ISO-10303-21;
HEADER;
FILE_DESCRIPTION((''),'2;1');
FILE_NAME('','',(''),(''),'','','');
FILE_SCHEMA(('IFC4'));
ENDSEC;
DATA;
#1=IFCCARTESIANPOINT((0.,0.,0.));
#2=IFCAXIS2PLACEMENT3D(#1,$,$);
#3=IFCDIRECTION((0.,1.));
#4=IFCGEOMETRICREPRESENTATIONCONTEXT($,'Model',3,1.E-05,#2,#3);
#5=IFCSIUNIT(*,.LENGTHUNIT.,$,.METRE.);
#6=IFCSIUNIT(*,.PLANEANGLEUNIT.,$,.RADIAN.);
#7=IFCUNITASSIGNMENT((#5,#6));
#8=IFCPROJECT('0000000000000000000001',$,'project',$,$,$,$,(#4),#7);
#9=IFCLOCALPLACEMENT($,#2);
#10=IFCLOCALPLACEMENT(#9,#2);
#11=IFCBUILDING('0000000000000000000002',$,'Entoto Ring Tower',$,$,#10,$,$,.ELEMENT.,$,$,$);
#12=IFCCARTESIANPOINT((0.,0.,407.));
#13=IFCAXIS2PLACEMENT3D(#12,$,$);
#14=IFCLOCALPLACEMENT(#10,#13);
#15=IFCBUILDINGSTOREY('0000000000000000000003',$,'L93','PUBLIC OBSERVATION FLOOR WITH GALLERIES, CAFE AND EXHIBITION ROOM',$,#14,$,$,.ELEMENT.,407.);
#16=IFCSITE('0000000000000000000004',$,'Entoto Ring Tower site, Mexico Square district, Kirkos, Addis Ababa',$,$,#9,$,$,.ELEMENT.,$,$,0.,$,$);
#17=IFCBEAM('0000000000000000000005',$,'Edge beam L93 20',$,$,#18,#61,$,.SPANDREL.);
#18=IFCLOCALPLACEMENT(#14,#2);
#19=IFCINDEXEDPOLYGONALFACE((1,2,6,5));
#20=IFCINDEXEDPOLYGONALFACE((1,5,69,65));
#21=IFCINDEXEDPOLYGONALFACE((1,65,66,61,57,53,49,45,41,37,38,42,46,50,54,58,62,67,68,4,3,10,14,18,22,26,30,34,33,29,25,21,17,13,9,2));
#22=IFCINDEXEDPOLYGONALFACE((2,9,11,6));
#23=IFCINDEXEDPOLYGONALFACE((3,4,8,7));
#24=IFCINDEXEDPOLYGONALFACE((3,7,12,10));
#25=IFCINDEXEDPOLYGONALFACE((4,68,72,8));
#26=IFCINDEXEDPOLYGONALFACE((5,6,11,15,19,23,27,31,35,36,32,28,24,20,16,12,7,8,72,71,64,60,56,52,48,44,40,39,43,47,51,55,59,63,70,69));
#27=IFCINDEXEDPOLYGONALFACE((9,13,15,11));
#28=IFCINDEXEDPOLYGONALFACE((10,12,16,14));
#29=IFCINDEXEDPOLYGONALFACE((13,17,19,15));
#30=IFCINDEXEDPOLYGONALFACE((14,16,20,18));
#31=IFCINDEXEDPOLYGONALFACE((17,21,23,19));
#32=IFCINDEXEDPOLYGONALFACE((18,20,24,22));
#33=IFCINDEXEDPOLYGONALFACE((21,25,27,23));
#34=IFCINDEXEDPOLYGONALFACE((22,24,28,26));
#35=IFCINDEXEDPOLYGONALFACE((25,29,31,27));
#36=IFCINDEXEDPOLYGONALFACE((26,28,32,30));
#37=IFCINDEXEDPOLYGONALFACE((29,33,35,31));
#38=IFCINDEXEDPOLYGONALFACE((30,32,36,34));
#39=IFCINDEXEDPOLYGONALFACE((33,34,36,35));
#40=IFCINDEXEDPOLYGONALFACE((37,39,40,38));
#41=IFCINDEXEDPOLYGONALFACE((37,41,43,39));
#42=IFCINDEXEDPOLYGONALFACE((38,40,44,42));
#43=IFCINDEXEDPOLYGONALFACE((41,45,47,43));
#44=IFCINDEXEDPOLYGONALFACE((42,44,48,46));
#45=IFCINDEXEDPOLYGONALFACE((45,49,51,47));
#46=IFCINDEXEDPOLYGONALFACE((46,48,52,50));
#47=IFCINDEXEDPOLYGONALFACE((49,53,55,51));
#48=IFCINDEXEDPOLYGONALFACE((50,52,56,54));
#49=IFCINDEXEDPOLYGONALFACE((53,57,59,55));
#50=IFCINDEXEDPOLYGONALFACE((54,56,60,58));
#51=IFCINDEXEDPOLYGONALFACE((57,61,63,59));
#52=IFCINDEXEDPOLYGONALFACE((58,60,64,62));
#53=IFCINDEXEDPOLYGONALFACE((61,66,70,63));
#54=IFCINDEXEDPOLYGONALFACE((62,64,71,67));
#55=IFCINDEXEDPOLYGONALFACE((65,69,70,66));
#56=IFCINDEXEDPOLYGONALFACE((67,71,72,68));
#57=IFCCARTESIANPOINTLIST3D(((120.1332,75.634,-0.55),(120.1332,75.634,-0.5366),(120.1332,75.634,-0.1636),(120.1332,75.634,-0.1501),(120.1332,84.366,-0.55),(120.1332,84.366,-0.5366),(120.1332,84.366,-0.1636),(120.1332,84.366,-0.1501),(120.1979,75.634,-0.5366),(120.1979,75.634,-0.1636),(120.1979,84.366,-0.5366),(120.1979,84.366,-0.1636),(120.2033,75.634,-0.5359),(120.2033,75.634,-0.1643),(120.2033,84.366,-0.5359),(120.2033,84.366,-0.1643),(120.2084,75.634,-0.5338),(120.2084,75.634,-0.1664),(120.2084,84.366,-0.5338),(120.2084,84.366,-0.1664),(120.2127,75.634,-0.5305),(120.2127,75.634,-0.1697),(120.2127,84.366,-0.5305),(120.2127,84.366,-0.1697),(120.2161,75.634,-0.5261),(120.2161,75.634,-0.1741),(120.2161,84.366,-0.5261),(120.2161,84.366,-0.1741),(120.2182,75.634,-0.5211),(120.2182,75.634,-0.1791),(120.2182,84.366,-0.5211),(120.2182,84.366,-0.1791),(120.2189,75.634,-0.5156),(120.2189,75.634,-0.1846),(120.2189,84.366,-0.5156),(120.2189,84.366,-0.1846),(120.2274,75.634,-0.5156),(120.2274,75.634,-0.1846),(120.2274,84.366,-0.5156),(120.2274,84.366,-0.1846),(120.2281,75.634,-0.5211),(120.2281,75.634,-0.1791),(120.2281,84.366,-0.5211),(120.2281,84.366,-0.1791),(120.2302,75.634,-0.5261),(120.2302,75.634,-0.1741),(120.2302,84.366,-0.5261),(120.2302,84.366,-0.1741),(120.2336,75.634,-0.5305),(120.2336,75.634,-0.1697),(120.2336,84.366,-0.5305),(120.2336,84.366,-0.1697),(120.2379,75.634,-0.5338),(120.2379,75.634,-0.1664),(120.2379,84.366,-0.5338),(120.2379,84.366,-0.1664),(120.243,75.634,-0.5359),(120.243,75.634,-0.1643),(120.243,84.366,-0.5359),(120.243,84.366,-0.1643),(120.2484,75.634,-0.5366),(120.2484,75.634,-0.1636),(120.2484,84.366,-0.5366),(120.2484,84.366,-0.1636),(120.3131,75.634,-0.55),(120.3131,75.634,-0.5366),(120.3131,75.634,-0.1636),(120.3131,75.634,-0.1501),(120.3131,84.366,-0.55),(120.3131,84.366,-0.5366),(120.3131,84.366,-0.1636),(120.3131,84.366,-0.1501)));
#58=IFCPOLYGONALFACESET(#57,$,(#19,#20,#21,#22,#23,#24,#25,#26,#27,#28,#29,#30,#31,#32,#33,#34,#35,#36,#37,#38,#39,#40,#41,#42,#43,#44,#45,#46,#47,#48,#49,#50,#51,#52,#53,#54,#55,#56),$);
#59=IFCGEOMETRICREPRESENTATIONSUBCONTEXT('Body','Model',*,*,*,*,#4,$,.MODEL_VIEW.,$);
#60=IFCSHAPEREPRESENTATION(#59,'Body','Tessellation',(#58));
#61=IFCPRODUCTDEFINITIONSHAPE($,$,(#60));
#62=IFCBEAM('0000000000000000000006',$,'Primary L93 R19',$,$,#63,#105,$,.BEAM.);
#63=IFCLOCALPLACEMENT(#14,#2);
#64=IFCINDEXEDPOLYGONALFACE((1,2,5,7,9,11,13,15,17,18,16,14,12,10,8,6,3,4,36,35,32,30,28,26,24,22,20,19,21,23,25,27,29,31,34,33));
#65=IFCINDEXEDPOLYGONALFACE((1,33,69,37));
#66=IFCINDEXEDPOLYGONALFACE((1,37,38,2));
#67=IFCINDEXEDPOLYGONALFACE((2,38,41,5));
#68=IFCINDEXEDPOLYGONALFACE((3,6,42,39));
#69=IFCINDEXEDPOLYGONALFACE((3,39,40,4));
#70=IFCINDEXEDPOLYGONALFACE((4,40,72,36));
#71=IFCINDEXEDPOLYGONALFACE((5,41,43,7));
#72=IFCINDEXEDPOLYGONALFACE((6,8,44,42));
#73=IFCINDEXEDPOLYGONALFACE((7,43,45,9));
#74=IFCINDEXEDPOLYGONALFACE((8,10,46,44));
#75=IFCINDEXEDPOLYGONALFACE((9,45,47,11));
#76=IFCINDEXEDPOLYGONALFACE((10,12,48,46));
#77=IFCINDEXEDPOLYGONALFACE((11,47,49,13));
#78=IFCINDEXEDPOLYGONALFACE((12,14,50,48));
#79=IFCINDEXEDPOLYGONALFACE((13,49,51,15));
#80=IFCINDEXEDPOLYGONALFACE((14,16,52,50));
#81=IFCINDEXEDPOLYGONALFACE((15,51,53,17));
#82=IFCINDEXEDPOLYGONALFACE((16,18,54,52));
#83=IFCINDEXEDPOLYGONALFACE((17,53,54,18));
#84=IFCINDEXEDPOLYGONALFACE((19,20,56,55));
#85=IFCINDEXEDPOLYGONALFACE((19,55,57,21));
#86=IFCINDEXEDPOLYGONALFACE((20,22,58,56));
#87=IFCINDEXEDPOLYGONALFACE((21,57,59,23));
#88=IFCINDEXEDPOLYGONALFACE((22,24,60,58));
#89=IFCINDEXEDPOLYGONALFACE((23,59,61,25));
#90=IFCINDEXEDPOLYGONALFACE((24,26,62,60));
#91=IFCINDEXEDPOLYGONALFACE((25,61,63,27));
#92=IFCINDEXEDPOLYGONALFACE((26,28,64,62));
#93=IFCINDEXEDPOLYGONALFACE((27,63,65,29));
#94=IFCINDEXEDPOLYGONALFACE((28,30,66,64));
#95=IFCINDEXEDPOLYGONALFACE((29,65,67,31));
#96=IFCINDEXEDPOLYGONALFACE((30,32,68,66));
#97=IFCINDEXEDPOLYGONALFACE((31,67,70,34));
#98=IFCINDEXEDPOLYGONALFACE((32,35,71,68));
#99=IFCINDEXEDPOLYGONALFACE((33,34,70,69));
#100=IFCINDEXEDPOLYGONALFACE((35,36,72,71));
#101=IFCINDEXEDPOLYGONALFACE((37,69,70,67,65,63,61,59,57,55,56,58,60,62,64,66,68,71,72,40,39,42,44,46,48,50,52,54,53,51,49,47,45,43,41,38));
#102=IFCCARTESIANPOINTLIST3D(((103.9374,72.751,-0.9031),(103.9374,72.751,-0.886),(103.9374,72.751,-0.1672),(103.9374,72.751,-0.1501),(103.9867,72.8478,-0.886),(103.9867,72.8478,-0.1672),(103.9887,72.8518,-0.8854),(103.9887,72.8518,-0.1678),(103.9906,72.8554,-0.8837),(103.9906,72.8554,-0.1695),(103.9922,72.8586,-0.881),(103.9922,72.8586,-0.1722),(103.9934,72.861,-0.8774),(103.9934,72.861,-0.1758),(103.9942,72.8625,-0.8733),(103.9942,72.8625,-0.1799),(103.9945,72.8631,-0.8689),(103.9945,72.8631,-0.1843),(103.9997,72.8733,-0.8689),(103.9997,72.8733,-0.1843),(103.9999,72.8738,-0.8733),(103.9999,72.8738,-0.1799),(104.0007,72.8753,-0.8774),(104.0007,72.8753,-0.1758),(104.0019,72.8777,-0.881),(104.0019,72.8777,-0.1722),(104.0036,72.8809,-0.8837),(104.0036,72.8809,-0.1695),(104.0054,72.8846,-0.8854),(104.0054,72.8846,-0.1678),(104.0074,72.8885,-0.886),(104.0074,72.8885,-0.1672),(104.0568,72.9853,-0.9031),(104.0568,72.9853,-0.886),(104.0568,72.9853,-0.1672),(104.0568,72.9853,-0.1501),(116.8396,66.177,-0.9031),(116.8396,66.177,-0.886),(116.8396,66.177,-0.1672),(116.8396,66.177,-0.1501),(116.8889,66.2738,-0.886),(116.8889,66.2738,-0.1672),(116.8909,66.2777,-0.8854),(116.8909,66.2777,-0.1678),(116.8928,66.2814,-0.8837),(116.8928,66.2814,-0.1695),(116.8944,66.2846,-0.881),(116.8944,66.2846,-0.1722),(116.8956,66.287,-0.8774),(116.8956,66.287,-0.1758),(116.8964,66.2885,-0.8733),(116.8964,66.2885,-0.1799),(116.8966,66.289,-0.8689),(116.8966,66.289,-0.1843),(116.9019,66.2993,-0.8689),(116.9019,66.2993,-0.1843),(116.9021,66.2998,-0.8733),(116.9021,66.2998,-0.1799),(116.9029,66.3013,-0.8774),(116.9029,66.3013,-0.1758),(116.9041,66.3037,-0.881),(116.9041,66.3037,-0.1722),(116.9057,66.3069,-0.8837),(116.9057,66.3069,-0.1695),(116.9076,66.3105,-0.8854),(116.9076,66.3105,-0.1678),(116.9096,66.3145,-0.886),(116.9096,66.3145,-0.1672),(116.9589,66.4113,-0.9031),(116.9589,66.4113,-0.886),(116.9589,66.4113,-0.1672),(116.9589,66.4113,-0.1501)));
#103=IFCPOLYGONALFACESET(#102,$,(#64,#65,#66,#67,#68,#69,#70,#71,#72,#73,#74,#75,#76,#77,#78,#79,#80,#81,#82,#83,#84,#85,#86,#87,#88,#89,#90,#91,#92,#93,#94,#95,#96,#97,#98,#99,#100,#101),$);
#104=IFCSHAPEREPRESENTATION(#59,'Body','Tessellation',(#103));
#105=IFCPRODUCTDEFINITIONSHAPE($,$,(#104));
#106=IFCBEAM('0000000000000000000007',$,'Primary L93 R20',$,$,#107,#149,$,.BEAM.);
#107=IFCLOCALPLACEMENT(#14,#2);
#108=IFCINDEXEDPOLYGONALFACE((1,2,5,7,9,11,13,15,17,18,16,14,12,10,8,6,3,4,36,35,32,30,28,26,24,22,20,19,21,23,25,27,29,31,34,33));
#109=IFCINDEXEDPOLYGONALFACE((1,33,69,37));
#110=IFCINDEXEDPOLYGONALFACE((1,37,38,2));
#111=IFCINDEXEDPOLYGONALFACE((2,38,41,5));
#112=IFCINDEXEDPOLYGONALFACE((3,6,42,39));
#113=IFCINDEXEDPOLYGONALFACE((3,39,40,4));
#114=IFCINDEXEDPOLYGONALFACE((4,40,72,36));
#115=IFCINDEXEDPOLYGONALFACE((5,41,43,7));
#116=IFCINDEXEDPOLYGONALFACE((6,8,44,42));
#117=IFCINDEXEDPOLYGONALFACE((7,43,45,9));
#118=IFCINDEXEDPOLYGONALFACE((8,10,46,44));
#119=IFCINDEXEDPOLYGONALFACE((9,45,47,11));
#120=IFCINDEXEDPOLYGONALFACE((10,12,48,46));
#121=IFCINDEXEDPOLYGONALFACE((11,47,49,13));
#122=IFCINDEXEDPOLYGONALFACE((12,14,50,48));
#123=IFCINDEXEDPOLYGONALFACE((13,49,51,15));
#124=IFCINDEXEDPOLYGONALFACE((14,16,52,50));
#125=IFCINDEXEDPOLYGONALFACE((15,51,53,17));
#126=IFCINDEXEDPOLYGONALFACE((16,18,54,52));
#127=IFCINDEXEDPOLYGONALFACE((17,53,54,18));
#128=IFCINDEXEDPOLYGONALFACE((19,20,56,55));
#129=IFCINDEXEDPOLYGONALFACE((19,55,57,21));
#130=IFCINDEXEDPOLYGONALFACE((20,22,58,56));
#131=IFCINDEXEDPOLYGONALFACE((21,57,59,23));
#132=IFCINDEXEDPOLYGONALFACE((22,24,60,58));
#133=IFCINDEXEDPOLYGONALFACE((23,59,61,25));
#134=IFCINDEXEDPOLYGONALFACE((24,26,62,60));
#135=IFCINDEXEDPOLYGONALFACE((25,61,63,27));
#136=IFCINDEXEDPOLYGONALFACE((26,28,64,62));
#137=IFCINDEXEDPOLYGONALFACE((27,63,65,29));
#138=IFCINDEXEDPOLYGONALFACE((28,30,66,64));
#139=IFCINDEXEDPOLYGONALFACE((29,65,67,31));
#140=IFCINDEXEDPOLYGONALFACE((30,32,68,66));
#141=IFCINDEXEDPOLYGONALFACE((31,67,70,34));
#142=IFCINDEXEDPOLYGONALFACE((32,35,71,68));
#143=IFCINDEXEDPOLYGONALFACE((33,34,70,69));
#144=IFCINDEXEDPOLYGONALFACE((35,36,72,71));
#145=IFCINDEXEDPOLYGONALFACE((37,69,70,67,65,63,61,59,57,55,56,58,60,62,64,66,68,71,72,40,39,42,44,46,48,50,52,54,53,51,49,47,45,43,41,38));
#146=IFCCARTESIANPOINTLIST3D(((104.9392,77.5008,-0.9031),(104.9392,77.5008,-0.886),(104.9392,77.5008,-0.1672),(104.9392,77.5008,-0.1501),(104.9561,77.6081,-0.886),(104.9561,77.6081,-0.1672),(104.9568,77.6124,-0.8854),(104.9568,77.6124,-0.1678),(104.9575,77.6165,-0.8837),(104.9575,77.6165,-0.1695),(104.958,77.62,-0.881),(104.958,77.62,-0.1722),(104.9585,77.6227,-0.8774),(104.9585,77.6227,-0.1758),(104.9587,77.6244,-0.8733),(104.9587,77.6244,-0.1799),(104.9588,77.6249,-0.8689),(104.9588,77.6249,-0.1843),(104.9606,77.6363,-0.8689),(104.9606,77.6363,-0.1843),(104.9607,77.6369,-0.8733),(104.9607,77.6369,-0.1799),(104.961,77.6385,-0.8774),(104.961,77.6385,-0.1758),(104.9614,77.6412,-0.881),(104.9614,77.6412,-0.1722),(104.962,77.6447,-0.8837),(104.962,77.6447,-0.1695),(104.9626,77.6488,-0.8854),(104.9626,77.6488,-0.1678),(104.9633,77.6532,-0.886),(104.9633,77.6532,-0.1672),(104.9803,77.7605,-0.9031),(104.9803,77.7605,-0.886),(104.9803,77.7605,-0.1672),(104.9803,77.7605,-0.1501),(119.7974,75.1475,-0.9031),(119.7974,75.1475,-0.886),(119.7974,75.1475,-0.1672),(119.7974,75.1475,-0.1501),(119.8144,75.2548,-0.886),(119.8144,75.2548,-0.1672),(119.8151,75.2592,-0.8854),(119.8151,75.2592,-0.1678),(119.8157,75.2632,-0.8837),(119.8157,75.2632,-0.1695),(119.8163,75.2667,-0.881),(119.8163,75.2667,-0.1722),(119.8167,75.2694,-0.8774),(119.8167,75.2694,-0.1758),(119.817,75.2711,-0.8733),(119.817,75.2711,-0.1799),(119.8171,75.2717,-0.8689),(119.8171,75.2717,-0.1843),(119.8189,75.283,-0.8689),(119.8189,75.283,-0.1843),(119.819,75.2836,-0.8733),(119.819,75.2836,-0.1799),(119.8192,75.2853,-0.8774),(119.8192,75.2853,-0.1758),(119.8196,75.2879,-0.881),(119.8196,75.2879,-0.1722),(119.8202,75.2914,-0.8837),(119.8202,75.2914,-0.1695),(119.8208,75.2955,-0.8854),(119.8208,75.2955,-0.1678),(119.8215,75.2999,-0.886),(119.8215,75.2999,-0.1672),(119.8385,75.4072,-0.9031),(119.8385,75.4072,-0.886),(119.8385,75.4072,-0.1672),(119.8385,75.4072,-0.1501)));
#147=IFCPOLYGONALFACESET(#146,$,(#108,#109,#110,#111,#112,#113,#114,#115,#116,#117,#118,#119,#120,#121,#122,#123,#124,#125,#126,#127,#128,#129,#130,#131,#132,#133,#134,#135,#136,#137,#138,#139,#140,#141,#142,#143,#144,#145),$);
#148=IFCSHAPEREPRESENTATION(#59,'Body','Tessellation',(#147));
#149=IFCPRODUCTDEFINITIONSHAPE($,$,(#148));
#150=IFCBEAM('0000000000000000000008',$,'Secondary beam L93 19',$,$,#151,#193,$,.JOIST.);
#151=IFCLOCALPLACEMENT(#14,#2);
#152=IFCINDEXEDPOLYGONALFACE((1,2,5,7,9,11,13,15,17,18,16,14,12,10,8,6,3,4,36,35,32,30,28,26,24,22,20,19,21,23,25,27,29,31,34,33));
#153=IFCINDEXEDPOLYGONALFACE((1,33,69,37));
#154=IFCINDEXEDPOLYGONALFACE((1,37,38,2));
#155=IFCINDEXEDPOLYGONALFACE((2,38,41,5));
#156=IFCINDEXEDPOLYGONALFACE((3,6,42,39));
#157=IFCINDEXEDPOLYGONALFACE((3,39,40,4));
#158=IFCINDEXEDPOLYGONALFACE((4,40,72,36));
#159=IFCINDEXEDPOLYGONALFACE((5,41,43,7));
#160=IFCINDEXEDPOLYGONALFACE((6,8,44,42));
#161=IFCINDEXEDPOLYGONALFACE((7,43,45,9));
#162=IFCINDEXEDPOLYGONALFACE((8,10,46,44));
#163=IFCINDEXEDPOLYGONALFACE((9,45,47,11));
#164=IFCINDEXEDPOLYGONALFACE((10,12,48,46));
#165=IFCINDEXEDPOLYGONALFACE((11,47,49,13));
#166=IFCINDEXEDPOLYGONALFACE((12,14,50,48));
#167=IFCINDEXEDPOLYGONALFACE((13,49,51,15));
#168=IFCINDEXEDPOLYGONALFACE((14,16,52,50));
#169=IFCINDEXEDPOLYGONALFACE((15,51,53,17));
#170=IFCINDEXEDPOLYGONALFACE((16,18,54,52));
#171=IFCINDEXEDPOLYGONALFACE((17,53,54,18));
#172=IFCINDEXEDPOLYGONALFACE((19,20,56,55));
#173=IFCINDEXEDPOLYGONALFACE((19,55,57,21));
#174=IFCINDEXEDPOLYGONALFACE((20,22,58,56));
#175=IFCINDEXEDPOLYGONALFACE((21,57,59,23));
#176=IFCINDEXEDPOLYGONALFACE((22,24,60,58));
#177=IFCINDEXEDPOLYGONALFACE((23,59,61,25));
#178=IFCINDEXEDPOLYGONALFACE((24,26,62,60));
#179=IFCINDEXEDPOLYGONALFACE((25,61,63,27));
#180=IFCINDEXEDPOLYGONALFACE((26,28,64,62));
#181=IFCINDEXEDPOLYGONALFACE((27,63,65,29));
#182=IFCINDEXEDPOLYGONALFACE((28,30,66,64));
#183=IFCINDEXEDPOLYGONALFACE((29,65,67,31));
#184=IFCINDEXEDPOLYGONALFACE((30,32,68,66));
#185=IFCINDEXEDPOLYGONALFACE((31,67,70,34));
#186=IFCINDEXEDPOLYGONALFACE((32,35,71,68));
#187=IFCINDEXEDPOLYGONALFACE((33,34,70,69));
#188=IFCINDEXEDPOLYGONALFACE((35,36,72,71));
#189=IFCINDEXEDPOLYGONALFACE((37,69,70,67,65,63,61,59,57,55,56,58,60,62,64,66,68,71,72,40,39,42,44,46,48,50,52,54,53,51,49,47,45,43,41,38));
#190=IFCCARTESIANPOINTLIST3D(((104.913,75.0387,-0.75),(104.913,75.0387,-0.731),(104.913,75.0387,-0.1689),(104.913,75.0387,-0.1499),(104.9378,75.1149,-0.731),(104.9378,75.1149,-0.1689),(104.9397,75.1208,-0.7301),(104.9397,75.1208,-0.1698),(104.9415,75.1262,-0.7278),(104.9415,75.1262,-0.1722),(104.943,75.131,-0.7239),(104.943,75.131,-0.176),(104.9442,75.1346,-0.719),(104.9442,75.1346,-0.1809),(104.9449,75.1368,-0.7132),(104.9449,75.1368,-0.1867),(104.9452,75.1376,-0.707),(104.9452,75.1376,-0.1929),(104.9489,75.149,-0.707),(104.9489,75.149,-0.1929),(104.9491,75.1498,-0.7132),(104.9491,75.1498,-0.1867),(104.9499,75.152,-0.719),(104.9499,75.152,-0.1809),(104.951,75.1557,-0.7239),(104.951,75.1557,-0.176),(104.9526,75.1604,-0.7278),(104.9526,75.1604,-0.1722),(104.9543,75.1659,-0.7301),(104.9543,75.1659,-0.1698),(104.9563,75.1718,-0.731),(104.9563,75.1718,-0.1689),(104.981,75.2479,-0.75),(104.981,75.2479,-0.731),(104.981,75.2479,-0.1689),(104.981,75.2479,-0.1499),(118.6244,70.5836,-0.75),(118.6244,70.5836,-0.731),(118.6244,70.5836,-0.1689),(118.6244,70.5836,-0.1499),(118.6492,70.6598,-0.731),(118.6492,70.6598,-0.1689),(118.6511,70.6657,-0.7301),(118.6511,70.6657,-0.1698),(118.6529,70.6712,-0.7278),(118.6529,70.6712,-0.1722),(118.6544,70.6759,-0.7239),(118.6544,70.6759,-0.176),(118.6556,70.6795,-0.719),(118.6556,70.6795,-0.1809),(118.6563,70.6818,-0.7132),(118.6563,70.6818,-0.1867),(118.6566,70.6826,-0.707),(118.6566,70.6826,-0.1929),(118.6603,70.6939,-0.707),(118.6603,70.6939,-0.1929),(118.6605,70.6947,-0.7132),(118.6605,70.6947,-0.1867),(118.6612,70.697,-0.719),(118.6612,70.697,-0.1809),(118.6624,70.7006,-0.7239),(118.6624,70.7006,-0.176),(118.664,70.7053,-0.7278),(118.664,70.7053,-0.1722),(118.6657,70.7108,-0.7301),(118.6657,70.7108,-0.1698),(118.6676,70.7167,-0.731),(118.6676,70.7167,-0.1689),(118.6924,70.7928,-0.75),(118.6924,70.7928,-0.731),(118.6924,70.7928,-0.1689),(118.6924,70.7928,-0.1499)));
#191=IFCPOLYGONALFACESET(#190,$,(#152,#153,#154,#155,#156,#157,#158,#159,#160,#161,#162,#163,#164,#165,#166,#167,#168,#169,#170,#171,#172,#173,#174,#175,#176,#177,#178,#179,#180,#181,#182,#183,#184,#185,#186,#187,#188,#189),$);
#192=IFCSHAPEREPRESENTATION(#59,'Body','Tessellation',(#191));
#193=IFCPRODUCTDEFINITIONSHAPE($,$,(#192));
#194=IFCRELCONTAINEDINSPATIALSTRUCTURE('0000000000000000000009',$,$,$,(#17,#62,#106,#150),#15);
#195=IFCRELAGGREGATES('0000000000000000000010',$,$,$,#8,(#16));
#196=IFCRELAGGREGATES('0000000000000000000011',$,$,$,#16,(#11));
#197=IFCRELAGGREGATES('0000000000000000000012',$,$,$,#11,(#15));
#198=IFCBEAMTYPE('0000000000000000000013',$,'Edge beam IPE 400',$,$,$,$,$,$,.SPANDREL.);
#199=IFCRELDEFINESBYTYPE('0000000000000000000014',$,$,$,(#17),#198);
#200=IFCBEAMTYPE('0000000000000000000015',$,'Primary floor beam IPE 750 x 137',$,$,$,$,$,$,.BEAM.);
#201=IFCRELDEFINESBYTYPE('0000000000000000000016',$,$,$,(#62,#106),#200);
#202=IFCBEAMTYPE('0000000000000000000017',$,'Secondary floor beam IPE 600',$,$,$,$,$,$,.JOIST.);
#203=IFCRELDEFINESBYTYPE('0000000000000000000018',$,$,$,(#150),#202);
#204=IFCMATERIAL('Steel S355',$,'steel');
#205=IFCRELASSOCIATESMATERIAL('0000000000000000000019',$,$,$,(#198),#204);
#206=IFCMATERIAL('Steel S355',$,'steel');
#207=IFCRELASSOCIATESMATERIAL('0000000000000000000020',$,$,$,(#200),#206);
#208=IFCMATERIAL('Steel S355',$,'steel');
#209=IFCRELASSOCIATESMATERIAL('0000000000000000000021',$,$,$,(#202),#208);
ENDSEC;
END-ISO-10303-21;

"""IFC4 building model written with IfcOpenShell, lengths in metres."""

from ifc_helpers import new_model, si_unit, direction, frame, origin, origin_2d, place, context, subcontext, project, spatial, i_section, extrude, material, material_profile, profile_set, type_object, element, save


model = new_model("IFC4")

# Units and contexts
model_context = context("Model", 3, precision=1e-05, world=origin(), true_north=direction((0.0, 1.0)))
body_context = subcontext(model_context, "Body", "Model", "MODEL_VIEW")
ifc_project = project(units=[si_unit("LENGTHUNIT", "METRE"), si_unit("PLANEANGLEUNIT", "RADIAN")], contexts=[model_context])

# Site, building, storey
site_placement = place(None, origin())
site = spatial("IfcSite", under=ifc_project, at=site_placement, Name="Entoto Ring Tower site, Mexico Square district, Kirkos, Addis Ababa", CompositionType="ELEMENT", RefElevation=0.0)
building_placement = place(site_placement, origin())
building = spatial("IfcBuilding", under=site, at=building_placement, Name="Entoto Ring Tower", CompositionType="ELEMENT")
storey_placement = place(building_placement, frame((0.0, 0.0, 407.0)))
storey = spatial("IfcBuildingStorey", under=building, at=storey_placement, Name="L93", Description="PUBLIC OBSERVATION FLOOR WITH GALLERIES, CAFE AND EXHIBITION ROOM", CompositionType="ELEMENT", Elevation=407.0)

# Beams
ifc_material_1 = material(Name="Steel S355", Category="steel")
ifc_material_profile_1 = material_profile(ifc_material_1, i_section(OverallWidth=0.1799, OverallDepth=0.3999, WebThickness=0.0085, FlangeThickness=0.0134, FilletRadius=0.021, at=origin_2d()), Name="IPE 400")
ifc_profile_set_1 = profile_set([ifc_material_profile_1], Name="Steel S355")
beam_type_1 = type_object("IfcBeamType", Name="Edge beam IPE 400", PredefinedType="SPANDREL", material=ifc_profile_set_1)
beam_1_placement = place(storey_placement, frame((120.2231, 75.634, -0.3501), z_axis=(0.0, 1.0, 0.0), x_axis=(-1.0, 0.0, 0.0)))
element("IfcBeam", 1, at=beam_1_placement, inside=storey, type_object=beam_type_1, Name="Edge beam L93 20", PredefinedType="SPANDREL", context=body_context, shape_type="SweptSolid", body=[
    extrude(i_section(OverallWidth=0.1799, OverallDepth=0.3999, WebThickness=0.0085, FlangeThickness=0.0134, FilletRadius=0.021, at=origin_2d()), origin(), (0.0, 0.0, 1.0), 8.7319),
])
ifc_material_2 = material(Name="Steel S355", Category="steel")
ifc_material_profile_2 = material_profile(ifc_material_2, i_section(OverallWidth=0.2629, OverallDepth=0.7529, WebThickness=0.0115, FlangeThickness=0.0171, FilletRadius=0.0171, at=origin_2d()), Name="IPE 750 x 137")
ifc_profile_set_2 = profile_set([ifc_material_profile_2], Name="Steel S355")
beam_type_2 = type_object("IfcBeamType", Name="Primary floor beam IPE 750 x 137", PredefinedType="BEAM", material=ifc_profile_set_2)
beam_2_placement = place(storey_placement, frame((103.9971, 72.8682, -0.5266), z_axis=(0.891006, -0.453992, 0.0), x_axis=(0.453992, 0.891006, 0.0)))
element("IfcBeam", 2, at=beam_2_placement, inside=storey, type_object=beam_type_2, Name="Primary L93 R19", PredefinedType="BEAM", context=body_context, shape_type="SweptSolid", body=[
    extrude(i_section(OverallWidth=0.2629, OverallDepth=0.7529, WebThickness=0.0115, FlangeThickness=0.0171, FilletRadius=0.0171, at=origin_2d()), origin(), (0.0, 0.0, 1.0), 14.4805),
])
beam_3_placement = place(storey_placement, frame((104.9597, 77.6306, -0.5266), z_axis=(0.987689, -0.156433, 0.0), x_axis=(0.156433, 0.987689, 0.0)))
element("IfcBeam", 3, at=beam_3_placement, inside=storey, type_object=beam_type_2, Name="Primary L93 R20", PredefinedType="BEAM", context=body_context, shape_type="SweptSolid", body=[
    extrude(i_section(OverallWidth=0.2629, OverallDepth=0.7529, WebThickness=0.0115, FlangeThickness=0.0171, FilletRadius=0.0171, at=origin_2d()), origin(), (0.0, 0.0, 1.0), 15.0435),
])
ifc_material_3 = material(Name="Steel S355", Category="steel")
ifc_material_profile_3 = material_profile(ifc_material_3, i_section(OverallWidth=0.22, OverallDepth=0.6001, WebThickness=0.012, FlangeThickness=0.019, FilletRadius=0.0239, at=origin_2d()), Name="IPE 600")
ifc_profile_set_3 = profile_set([ifc_material_profile_3], Name="Steel S355")
beam_type_3 = type_object("IfcBeamType", Name="Secondary floor beam IPE 600", PredefinedType="JOIST", material=ifc_profile_set_3)
beam_4_placement = place(storey_placement, frame((104.947, 75.1433, -0.45), z_axis=(0.951057, -0.309015, 0.0), x_axis=(0.309015, 0.951057, 0.0)))
element("IfcBeam", 4, at=beam_4_placement, inside=storey, type_object=beam_type_3, Name="Secondary beam L93 19", PredefinedType="JOIST", context=body_context, shape_type="SweptSolid", body=[
    extrude(i_section(OverallWidth=0.22, OverallDepth=0.6001, WebThickness=0.012, FlangeThickness=0.019, FilletRadius=0.0239, at=origin_2d()), origin(), (0.0, 0.0, 1.0), 14.417),
])

save(model, "model.ifc")
